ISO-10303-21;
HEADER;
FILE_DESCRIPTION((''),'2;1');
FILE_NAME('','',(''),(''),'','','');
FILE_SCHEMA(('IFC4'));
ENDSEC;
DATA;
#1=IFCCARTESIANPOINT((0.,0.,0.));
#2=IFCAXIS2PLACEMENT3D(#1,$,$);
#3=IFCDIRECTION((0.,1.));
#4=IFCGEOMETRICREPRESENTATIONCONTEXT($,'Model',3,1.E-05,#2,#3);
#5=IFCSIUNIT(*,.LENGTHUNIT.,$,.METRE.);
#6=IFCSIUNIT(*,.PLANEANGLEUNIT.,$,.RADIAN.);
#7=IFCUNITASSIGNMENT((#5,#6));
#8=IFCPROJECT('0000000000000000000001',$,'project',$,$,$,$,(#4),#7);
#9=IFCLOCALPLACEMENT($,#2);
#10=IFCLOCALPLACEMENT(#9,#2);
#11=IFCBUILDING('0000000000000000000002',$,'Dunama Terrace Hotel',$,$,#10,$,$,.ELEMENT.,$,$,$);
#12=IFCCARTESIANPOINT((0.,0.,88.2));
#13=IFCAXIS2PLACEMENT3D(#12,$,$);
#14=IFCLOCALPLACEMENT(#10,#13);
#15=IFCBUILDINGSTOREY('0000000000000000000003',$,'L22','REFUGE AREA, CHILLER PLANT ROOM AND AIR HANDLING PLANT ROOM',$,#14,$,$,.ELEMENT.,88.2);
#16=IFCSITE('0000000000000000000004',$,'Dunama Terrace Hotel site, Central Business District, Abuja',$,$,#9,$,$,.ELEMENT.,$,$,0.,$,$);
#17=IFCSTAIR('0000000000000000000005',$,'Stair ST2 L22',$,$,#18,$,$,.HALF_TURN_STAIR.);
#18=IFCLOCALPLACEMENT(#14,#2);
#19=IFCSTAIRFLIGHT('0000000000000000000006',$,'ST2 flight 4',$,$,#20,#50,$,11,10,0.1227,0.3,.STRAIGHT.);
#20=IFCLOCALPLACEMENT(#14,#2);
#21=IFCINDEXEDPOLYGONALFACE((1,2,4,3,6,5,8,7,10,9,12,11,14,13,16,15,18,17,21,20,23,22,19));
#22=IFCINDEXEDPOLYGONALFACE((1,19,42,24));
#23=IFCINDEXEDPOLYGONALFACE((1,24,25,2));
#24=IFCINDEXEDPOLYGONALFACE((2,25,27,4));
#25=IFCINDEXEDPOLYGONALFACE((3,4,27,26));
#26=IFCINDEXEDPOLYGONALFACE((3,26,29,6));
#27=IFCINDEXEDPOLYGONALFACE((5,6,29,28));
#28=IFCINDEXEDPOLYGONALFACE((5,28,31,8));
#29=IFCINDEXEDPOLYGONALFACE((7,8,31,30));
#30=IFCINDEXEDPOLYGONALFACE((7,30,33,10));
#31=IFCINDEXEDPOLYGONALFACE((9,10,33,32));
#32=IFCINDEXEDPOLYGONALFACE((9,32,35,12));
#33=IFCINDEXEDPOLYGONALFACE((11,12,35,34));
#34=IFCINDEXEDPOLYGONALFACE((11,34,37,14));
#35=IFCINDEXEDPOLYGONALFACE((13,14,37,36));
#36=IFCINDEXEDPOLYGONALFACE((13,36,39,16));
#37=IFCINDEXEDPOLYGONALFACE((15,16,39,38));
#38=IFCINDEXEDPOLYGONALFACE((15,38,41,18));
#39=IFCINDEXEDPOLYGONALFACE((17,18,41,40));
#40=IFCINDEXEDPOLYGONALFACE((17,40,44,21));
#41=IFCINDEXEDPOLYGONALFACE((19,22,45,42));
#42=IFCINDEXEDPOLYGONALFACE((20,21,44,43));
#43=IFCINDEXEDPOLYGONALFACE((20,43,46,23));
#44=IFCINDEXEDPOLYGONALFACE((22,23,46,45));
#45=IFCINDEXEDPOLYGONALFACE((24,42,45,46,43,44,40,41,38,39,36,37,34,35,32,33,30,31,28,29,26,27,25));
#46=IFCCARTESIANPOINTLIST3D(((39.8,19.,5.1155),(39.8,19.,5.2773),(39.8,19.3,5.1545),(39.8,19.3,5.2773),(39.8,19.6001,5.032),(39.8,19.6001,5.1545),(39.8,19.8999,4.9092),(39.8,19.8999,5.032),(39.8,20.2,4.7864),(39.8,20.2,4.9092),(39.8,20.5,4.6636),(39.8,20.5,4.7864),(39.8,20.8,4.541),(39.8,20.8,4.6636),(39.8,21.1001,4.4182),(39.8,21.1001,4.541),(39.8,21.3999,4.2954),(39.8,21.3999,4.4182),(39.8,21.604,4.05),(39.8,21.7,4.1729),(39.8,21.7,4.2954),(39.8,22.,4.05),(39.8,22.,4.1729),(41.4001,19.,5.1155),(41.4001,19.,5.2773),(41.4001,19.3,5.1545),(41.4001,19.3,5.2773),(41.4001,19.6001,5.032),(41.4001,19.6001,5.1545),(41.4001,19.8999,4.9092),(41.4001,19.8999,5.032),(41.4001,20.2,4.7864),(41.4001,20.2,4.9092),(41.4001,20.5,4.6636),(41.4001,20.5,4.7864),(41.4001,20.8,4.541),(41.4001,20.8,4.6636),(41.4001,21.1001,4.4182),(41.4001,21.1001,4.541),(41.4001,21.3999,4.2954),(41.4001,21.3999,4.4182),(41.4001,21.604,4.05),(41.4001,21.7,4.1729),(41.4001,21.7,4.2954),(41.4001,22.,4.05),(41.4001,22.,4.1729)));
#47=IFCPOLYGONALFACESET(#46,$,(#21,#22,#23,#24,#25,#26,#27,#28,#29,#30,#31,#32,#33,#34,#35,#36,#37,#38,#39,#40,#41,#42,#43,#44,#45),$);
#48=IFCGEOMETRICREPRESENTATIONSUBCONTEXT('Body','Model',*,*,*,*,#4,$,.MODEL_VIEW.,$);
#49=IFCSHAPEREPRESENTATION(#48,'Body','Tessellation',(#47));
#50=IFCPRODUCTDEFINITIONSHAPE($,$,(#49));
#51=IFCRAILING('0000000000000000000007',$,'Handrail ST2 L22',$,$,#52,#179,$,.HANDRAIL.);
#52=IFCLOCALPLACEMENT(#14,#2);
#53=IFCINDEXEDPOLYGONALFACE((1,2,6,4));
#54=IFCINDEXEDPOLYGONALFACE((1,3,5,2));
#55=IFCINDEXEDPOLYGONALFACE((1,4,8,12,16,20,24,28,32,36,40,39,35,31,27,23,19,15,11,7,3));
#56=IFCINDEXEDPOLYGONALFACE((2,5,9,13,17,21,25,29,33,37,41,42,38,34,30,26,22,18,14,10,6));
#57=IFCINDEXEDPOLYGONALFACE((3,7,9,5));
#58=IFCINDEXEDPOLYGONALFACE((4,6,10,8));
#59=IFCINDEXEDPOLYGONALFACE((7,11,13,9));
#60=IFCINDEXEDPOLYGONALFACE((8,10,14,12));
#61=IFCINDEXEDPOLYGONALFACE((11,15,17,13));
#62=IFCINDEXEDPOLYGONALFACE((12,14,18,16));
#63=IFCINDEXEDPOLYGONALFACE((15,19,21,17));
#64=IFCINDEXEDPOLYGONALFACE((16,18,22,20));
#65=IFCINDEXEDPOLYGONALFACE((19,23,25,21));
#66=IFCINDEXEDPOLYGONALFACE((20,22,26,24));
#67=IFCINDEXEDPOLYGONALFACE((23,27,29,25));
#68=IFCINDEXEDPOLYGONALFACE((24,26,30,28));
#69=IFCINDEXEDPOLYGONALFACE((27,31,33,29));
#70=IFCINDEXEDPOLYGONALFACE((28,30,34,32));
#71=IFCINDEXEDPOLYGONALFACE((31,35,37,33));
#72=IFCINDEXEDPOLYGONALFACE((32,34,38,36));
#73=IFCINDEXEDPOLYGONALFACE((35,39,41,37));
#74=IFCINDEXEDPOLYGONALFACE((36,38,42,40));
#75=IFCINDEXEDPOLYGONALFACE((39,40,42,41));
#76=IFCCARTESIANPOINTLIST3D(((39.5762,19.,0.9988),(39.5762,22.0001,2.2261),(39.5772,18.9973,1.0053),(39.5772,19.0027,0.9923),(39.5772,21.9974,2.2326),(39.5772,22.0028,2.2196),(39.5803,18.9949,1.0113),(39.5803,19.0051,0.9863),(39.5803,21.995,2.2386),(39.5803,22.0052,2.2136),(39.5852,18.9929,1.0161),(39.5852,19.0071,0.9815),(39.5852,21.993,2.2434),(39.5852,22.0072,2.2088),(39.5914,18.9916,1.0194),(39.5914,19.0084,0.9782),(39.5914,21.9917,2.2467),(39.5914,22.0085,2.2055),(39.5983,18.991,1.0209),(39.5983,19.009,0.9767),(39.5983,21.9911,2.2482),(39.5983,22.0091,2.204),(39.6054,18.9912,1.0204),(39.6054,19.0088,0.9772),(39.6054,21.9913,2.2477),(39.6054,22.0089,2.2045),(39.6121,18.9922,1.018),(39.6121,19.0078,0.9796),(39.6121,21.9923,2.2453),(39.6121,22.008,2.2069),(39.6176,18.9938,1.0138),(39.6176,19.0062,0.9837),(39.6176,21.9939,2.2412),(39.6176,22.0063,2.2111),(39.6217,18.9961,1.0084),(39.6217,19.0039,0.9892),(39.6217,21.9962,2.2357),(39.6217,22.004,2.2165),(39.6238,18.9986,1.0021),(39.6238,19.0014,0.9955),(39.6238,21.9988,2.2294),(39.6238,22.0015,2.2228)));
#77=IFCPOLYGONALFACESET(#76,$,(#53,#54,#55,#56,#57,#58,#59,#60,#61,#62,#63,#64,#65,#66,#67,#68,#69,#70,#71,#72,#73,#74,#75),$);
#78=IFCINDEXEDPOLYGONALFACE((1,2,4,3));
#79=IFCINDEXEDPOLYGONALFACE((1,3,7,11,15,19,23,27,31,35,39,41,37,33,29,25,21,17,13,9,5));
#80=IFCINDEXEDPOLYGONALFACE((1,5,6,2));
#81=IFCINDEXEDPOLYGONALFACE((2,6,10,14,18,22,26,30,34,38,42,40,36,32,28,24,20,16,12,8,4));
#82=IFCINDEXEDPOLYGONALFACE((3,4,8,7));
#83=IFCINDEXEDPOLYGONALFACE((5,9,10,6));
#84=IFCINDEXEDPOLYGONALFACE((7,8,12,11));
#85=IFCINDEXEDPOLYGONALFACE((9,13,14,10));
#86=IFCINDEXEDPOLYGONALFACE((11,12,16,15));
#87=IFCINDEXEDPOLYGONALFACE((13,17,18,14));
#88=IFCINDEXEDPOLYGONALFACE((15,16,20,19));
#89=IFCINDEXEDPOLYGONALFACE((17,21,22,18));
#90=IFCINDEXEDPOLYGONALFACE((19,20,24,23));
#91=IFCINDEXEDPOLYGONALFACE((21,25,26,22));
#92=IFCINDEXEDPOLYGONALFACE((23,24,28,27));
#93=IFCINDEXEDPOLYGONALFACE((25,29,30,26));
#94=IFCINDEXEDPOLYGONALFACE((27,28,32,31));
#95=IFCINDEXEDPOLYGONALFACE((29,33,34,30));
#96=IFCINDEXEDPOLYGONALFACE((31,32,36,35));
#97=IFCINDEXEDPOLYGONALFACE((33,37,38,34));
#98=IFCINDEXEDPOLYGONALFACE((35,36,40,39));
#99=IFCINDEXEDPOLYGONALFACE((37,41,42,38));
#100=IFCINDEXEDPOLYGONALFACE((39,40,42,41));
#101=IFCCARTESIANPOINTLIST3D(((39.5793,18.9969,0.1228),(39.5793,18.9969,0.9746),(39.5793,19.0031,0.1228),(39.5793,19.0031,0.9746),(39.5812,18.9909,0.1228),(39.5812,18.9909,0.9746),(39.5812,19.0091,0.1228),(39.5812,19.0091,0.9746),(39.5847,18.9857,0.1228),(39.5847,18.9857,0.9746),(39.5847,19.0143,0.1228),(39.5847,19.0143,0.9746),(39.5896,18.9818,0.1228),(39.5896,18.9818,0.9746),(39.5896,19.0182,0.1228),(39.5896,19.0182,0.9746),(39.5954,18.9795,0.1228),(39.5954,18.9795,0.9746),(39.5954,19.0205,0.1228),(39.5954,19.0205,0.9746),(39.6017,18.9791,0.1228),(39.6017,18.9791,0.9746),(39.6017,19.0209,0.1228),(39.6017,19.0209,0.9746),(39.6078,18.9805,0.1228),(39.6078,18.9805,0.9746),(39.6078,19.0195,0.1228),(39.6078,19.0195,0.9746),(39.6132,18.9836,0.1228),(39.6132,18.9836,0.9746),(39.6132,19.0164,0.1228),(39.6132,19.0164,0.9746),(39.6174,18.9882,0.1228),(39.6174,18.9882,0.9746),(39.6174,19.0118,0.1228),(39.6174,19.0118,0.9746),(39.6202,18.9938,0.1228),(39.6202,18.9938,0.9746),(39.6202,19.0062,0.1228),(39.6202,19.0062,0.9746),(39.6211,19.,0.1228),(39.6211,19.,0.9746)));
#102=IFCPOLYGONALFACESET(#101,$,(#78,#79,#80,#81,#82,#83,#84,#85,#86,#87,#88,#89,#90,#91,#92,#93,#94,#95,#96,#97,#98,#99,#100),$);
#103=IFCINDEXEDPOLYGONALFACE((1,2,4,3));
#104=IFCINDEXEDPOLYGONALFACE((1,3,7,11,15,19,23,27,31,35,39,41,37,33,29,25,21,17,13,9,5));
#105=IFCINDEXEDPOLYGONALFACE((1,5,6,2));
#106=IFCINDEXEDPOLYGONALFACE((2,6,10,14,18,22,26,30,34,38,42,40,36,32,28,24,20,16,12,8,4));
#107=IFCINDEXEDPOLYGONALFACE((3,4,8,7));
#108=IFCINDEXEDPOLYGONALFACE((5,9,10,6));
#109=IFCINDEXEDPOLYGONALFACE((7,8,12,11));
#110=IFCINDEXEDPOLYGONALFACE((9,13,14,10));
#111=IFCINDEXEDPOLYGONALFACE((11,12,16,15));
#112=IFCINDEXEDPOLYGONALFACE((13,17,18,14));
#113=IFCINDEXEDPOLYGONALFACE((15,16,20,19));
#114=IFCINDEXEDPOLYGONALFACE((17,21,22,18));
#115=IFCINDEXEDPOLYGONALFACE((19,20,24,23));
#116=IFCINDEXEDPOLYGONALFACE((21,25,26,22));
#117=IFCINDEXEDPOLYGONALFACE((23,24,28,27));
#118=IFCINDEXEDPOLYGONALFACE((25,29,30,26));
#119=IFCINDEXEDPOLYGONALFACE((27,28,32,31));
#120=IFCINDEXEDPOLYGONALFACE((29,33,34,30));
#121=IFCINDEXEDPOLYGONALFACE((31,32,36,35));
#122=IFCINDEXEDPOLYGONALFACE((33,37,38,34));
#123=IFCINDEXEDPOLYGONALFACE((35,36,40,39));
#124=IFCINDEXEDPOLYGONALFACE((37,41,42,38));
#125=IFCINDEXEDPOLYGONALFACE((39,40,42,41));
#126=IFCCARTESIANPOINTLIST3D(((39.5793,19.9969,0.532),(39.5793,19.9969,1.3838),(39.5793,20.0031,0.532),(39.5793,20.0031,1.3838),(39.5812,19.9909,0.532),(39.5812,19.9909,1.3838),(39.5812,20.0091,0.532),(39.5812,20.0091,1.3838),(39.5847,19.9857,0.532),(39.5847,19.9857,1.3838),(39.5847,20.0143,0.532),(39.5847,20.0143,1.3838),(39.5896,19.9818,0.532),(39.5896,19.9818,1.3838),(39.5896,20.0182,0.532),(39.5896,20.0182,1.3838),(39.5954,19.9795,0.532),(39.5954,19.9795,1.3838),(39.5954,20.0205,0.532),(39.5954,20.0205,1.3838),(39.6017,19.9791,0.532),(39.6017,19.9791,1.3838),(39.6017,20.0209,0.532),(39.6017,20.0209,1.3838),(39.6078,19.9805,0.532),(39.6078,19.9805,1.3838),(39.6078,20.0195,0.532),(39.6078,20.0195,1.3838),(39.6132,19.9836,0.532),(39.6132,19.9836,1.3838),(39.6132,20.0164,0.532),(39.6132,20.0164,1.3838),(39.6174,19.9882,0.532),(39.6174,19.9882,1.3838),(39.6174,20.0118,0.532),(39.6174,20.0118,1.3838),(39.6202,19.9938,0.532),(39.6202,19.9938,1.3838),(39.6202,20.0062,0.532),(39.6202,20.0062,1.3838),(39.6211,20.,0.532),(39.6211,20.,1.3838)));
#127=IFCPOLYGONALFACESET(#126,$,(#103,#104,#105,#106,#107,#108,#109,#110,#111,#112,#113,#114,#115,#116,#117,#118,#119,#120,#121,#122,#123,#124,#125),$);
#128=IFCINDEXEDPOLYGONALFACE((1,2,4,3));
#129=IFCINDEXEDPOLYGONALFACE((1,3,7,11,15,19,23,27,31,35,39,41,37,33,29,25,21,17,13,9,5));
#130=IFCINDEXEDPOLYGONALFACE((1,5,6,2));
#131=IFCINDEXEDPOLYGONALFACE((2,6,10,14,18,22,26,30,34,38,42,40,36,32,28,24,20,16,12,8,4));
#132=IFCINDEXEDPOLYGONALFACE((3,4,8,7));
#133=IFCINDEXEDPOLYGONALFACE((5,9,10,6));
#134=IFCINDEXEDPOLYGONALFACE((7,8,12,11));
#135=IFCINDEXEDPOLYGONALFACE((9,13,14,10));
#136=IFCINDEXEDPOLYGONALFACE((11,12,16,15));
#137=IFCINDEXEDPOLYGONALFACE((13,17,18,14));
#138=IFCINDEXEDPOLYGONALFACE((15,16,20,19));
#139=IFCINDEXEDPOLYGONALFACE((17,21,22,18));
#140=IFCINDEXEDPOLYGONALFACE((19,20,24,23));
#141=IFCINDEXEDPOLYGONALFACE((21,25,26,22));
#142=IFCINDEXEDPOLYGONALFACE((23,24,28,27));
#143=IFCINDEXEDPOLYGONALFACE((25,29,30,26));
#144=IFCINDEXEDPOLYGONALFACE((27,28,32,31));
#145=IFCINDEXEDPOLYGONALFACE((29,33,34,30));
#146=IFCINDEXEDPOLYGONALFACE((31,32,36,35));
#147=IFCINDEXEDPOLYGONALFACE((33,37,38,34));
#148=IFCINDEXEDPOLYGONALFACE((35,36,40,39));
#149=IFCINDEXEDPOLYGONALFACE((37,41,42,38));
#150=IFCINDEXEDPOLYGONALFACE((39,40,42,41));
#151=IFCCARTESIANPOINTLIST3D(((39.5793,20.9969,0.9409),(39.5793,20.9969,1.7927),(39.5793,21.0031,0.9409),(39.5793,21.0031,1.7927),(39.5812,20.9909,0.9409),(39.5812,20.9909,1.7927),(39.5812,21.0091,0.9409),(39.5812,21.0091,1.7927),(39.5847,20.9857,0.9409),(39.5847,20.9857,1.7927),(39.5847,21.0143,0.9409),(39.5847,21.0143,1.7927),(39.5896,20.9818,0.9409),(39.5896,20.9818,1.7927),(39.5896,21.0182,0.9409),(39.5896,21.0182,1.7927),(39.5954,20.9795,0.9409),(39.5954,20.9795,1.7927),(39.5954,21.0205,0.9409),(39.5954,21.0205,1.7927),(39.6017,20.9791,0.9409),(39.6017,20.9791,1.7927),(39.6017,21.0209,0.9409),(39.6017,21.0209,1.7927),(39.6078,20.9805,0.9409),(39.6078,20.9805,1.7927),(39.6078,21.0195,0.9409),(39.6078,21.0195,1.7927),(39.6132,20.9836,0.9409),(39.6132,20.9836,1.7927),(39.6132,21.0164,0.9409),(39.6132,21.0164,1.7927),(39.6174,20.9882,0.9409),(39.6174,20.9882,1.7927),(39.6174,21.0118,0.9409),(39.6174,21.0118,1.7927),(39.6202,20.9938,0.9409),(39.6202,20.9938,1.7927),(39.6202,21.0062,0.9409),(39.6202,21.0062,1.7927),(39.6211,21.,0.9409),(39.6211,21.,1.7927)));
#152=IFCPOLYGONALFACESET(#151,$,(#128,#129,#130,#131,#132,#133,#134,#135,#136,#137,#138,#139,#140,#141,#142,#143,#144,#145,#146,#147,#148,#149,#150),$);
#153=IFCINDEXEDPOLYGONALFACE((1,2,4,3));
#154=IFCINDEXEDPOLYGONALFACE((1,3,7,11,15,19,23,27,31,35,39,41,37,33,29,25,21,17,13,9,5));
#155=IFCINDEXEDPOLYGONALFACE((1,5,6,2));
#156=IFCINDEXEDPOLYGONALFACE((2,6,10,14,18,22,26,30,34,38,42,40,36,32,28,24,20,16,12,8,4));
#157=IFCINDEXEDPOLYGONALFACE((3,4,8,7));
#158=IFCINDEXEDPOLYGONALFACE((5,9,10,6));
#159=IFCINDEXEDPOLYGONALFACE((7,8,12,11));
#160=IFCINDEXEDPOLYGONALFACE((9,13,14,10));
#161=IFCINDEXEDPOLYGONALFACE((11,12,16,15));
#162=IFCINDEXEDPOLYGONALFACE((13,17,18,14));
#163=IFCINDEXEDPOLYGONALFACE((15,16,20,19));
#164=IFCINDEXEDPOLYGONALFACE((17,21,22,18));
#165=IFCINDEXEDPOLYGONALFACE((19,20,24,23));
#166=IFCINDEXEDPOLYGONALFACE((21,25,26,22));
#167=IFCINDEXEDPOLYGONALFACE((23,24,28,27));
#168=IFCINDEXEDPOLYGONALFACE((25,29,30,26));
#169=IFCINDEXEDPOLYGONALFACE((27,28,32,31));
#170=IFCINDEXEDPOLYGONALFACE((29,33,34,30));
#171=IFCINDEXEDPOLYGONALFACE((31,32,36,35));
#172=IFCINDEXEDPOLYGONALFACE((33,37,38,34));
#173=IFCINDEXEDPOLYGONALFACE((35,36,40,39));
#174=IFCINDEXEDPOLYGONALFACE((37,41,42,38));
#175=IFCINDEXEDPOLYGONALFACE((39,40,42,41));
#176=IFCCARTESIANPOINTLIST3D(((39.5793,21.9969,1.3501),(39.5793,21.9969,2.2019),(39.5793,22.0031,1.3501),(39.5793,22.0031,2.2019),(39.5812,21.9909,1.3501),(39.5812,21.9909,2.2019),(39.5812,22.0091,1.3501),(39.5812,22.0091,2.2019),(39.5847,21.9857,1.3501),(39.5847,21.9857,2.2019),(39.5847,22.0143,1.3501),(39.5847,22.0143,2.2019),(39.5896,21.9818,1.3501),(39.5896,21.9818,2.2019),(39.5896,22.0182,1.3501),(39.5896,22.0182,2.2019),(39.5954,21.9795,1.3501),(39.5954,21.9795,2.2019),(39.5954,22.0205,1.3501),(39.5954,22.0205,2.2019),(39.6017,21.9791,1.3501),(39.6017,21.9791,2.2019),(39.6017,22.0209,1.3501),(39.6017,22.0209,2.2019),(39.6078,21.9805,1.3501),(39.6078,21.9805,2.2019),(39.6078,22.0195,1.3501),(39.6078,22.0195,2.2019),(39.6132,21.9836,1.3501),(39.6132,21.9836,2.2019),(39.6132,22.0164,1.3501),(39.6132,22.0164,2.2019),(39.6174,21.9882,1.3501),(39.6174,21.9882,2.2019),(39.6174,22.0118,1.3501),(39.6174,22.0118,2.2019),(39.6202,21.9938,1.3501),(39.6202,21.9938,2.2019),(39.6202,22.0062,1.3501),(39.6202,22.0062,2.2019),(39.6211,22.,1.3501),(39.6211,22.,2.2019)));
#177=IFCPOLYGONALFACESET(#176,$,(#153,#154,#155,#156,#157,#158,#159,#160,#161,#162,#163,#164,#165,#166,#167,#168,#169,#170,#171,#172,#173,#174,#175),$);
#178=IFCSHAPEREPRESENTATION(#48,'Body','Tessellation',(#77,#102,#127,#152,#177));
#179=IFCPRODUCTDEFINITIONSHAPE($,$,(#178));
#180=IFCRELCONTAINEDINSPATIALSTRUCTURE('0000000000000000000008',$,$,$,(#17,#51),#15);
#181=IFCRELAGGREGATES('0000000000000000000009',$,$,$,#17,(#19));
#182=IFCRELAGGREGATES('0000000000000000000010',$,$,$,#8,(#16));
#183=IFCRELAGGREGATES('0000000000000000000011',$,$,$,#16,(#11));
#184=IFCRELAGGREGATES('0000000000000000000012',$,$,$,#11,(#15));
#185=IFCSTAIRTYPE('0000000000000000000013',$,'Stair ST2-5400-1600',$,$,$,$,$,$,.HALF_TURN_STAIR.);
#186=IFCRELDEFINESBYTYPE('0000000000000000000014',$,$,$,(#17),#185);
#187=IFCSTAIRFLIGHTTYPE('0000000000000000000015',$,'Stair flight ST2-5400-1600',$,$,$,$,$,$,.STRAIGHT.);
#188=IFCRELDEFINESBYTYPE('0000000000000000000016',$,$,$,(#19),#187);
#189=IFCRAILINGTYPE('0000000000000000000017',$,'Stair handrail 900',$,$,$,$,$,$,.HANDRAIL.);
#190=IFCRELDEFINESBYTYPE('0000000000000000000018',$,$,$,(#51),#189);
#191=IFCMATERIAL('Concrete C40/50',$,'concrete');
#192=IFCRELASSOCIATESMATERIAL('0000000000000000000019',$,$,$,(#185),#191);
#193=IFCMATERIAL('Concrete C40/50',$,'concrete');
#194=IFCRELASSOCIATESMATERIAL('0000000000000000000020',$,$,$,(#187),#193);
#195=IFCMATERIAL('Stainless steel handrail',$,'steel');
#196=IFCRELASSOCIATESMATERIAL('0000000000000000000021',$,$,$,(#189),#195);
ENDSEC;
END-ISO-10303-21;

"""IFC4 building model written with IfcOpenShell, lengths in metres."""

from ifc_helpers import new_model, si_unit, direction, frame, origin, origin_2d, place, context, subcontext, project, spatial, polyline, circle, outline, extrude, material, type_object, element, aggregate, save


model = new_model("IFC4")

# Units and contexts
model_context = context("Model", 3, precision=1e-05, world=origin(), true_north=direction((0.0, 1.0)))
body_context = subcontext(model_context, "Body", "Model", "MODEL_VIEW")
ifc_project = project(units=[si_unit("LENGTHUNIT", "METRE"), si_unit("PLANEANGLEUNIT", "RADIAN")], contexts=[model_context])

# Site, building, storey
site_placement = place(None, origin())
site = spatial("IfcSite", under=ifc_project, at=site_placement, Name="Dunama Terrace Hotel site, Central Business District, Abuja", CompositionType="ELEMENT", RefElevation=0.0)
building_placement = place(site_placement, origin())
building = spatial("IfcBuilding", under=site, at=building_placement, Name="Dunama Terrace Hotel", CompositionType="ELEMENT")
storey_placement = place(building_placement, frame((0.0, 0.0, 88.2)))
storey = spatial("IfcBuildingStorey", under=building, at=storey_placement, Name="L22", Description="REFUGE AREA, CHILLER PLANT ROOM AND AIR HANDLING PLANT ROOM", CompositionType="ELEMENT", Elevation=88.2)

# Stair, stair flight
ifc_material_1 = material(Name="Concrete C40/50", Category="concrete")
stair_type = type_object("IfcStairType", Name="Stair ST2-5400-1600", PredefinedType="HALF_TURN_STAIR", material=ifc_material_1)
stair_placement = place(storey_placement, origin())
stair = element("IfcStair", 1, at=stair_placement, inside=storey, type_object=stair_type, Name="Stair ST2 L22", PredefinedType="HALF_TURN_STAIR")
ifc_material_2 = material(Name="Concrete C40/50", Category="concrete")
stair_flight_type = type_object("IfcStairFlightType", Name="Stair flight ST2-5400-1600", PredefinedType="STRAIGHT", material=ifc_material_2)
stair_flight_1_placement = place(storey_placement, frame((40.6001, 22.0, 4.05), z_axis=(0.0, 0.0, 1.0), x_axis=(0.0, -1.0, 0.0)))
stair_flight_1 = element("IfcStairFlight", 2, at=stair_flight_1_placement, type_object=stair_flight_type, Name="ST2 flight 4", NumberOfRisers=11, NumberOfTreads=10, PredefinedType="STRAIGHT", RiserHeight=0.1227, TreadLength=0.3, context=body_context, shape_type="SweptSolid", body=[
    extrude(outline(polyline([(0.0, 0.0), (0.0, 0.1228), (0.3, 0.1228), (0.3, 0.2454), (0.6001, 0.2454), (0.6001, 0.3682), (0.8999, 0.3682), (0.8999, 0.491), (1.2, 0.491), (1.2, 0.6135), (1.5, 0.6135), (1.5, 0.7363), (1.8, 0.7363), (1.8, 0.8591), (2.1001, 0.8591), (2.1001, 0.9819), (2.3999, 0.9819), (2.3999, 1.1045), (2.7, 1.1045), (2.7, 1.2273), (3.0, 1.2273), (3.0, 1.3501), (3.0, 1.0654), (0.396, 0.0), (0.0, 0.0)])), frame((0.0, 0.8, 0.0), z_axis=(0.0, -1.0, 0.0), x_axis=(1.0, 0.0, 0.0)), (0.0, 0.0, 1.0), 1.6001),
])
aggregate(stair, [stair_flight_1])

# Railing
ifc_material_3 = material(Name="Stainless steel handrail", Category="steel")
railing_type = type_object("IfcRailingType", Name="Stair handrail 900", PredefinedType="HANDRAIL", material=ifc_material_3)
railing_1_placement = place(storey_placement, frame((39.6001, 19.0, 0.1228)))
element("IfcRailing", 3, at=railing_1_placement, inside=storey, type_object=railing_type, Name="Handrail ST2 L22", PredefinedType="HANDRAIL", context=body_context, shape_type="SweptSolid", body=[
    extrude(circle(Radius=0.0239, at=origin_2d()), frame((0.0, 0.0, 0.876), z_axis=(0.0, 0.925545, 0.378639), x_axis=(-1.0, 0.0, 0.0)), (0.0, 0.0, 1.0), 3.2415),
    extrude(circle(Radius=0.021, at=origin_2d()), origin(), (0.0, 0.0, 1.0), 0.8518),
    extrude(circle(Radius=0.021, at=origin_2d()), frame((0.0, 1.0, 0.4092)), (0.0, 0.0, 1.0), 0.8518),
    extrude(circle(Radius=0.021, at=origin_2d()), frame((0.0, 2.0, 0.8181)), (0.0, 0.0, 1.0), 0.8518),
    extrude(circle(Radius=0.021, at=origin_2d()), frame((0.0, 3.0, 1.2273)), (0.0, 0.0, 1.0), 0.8518),
])

save(model, "model.ifc")
